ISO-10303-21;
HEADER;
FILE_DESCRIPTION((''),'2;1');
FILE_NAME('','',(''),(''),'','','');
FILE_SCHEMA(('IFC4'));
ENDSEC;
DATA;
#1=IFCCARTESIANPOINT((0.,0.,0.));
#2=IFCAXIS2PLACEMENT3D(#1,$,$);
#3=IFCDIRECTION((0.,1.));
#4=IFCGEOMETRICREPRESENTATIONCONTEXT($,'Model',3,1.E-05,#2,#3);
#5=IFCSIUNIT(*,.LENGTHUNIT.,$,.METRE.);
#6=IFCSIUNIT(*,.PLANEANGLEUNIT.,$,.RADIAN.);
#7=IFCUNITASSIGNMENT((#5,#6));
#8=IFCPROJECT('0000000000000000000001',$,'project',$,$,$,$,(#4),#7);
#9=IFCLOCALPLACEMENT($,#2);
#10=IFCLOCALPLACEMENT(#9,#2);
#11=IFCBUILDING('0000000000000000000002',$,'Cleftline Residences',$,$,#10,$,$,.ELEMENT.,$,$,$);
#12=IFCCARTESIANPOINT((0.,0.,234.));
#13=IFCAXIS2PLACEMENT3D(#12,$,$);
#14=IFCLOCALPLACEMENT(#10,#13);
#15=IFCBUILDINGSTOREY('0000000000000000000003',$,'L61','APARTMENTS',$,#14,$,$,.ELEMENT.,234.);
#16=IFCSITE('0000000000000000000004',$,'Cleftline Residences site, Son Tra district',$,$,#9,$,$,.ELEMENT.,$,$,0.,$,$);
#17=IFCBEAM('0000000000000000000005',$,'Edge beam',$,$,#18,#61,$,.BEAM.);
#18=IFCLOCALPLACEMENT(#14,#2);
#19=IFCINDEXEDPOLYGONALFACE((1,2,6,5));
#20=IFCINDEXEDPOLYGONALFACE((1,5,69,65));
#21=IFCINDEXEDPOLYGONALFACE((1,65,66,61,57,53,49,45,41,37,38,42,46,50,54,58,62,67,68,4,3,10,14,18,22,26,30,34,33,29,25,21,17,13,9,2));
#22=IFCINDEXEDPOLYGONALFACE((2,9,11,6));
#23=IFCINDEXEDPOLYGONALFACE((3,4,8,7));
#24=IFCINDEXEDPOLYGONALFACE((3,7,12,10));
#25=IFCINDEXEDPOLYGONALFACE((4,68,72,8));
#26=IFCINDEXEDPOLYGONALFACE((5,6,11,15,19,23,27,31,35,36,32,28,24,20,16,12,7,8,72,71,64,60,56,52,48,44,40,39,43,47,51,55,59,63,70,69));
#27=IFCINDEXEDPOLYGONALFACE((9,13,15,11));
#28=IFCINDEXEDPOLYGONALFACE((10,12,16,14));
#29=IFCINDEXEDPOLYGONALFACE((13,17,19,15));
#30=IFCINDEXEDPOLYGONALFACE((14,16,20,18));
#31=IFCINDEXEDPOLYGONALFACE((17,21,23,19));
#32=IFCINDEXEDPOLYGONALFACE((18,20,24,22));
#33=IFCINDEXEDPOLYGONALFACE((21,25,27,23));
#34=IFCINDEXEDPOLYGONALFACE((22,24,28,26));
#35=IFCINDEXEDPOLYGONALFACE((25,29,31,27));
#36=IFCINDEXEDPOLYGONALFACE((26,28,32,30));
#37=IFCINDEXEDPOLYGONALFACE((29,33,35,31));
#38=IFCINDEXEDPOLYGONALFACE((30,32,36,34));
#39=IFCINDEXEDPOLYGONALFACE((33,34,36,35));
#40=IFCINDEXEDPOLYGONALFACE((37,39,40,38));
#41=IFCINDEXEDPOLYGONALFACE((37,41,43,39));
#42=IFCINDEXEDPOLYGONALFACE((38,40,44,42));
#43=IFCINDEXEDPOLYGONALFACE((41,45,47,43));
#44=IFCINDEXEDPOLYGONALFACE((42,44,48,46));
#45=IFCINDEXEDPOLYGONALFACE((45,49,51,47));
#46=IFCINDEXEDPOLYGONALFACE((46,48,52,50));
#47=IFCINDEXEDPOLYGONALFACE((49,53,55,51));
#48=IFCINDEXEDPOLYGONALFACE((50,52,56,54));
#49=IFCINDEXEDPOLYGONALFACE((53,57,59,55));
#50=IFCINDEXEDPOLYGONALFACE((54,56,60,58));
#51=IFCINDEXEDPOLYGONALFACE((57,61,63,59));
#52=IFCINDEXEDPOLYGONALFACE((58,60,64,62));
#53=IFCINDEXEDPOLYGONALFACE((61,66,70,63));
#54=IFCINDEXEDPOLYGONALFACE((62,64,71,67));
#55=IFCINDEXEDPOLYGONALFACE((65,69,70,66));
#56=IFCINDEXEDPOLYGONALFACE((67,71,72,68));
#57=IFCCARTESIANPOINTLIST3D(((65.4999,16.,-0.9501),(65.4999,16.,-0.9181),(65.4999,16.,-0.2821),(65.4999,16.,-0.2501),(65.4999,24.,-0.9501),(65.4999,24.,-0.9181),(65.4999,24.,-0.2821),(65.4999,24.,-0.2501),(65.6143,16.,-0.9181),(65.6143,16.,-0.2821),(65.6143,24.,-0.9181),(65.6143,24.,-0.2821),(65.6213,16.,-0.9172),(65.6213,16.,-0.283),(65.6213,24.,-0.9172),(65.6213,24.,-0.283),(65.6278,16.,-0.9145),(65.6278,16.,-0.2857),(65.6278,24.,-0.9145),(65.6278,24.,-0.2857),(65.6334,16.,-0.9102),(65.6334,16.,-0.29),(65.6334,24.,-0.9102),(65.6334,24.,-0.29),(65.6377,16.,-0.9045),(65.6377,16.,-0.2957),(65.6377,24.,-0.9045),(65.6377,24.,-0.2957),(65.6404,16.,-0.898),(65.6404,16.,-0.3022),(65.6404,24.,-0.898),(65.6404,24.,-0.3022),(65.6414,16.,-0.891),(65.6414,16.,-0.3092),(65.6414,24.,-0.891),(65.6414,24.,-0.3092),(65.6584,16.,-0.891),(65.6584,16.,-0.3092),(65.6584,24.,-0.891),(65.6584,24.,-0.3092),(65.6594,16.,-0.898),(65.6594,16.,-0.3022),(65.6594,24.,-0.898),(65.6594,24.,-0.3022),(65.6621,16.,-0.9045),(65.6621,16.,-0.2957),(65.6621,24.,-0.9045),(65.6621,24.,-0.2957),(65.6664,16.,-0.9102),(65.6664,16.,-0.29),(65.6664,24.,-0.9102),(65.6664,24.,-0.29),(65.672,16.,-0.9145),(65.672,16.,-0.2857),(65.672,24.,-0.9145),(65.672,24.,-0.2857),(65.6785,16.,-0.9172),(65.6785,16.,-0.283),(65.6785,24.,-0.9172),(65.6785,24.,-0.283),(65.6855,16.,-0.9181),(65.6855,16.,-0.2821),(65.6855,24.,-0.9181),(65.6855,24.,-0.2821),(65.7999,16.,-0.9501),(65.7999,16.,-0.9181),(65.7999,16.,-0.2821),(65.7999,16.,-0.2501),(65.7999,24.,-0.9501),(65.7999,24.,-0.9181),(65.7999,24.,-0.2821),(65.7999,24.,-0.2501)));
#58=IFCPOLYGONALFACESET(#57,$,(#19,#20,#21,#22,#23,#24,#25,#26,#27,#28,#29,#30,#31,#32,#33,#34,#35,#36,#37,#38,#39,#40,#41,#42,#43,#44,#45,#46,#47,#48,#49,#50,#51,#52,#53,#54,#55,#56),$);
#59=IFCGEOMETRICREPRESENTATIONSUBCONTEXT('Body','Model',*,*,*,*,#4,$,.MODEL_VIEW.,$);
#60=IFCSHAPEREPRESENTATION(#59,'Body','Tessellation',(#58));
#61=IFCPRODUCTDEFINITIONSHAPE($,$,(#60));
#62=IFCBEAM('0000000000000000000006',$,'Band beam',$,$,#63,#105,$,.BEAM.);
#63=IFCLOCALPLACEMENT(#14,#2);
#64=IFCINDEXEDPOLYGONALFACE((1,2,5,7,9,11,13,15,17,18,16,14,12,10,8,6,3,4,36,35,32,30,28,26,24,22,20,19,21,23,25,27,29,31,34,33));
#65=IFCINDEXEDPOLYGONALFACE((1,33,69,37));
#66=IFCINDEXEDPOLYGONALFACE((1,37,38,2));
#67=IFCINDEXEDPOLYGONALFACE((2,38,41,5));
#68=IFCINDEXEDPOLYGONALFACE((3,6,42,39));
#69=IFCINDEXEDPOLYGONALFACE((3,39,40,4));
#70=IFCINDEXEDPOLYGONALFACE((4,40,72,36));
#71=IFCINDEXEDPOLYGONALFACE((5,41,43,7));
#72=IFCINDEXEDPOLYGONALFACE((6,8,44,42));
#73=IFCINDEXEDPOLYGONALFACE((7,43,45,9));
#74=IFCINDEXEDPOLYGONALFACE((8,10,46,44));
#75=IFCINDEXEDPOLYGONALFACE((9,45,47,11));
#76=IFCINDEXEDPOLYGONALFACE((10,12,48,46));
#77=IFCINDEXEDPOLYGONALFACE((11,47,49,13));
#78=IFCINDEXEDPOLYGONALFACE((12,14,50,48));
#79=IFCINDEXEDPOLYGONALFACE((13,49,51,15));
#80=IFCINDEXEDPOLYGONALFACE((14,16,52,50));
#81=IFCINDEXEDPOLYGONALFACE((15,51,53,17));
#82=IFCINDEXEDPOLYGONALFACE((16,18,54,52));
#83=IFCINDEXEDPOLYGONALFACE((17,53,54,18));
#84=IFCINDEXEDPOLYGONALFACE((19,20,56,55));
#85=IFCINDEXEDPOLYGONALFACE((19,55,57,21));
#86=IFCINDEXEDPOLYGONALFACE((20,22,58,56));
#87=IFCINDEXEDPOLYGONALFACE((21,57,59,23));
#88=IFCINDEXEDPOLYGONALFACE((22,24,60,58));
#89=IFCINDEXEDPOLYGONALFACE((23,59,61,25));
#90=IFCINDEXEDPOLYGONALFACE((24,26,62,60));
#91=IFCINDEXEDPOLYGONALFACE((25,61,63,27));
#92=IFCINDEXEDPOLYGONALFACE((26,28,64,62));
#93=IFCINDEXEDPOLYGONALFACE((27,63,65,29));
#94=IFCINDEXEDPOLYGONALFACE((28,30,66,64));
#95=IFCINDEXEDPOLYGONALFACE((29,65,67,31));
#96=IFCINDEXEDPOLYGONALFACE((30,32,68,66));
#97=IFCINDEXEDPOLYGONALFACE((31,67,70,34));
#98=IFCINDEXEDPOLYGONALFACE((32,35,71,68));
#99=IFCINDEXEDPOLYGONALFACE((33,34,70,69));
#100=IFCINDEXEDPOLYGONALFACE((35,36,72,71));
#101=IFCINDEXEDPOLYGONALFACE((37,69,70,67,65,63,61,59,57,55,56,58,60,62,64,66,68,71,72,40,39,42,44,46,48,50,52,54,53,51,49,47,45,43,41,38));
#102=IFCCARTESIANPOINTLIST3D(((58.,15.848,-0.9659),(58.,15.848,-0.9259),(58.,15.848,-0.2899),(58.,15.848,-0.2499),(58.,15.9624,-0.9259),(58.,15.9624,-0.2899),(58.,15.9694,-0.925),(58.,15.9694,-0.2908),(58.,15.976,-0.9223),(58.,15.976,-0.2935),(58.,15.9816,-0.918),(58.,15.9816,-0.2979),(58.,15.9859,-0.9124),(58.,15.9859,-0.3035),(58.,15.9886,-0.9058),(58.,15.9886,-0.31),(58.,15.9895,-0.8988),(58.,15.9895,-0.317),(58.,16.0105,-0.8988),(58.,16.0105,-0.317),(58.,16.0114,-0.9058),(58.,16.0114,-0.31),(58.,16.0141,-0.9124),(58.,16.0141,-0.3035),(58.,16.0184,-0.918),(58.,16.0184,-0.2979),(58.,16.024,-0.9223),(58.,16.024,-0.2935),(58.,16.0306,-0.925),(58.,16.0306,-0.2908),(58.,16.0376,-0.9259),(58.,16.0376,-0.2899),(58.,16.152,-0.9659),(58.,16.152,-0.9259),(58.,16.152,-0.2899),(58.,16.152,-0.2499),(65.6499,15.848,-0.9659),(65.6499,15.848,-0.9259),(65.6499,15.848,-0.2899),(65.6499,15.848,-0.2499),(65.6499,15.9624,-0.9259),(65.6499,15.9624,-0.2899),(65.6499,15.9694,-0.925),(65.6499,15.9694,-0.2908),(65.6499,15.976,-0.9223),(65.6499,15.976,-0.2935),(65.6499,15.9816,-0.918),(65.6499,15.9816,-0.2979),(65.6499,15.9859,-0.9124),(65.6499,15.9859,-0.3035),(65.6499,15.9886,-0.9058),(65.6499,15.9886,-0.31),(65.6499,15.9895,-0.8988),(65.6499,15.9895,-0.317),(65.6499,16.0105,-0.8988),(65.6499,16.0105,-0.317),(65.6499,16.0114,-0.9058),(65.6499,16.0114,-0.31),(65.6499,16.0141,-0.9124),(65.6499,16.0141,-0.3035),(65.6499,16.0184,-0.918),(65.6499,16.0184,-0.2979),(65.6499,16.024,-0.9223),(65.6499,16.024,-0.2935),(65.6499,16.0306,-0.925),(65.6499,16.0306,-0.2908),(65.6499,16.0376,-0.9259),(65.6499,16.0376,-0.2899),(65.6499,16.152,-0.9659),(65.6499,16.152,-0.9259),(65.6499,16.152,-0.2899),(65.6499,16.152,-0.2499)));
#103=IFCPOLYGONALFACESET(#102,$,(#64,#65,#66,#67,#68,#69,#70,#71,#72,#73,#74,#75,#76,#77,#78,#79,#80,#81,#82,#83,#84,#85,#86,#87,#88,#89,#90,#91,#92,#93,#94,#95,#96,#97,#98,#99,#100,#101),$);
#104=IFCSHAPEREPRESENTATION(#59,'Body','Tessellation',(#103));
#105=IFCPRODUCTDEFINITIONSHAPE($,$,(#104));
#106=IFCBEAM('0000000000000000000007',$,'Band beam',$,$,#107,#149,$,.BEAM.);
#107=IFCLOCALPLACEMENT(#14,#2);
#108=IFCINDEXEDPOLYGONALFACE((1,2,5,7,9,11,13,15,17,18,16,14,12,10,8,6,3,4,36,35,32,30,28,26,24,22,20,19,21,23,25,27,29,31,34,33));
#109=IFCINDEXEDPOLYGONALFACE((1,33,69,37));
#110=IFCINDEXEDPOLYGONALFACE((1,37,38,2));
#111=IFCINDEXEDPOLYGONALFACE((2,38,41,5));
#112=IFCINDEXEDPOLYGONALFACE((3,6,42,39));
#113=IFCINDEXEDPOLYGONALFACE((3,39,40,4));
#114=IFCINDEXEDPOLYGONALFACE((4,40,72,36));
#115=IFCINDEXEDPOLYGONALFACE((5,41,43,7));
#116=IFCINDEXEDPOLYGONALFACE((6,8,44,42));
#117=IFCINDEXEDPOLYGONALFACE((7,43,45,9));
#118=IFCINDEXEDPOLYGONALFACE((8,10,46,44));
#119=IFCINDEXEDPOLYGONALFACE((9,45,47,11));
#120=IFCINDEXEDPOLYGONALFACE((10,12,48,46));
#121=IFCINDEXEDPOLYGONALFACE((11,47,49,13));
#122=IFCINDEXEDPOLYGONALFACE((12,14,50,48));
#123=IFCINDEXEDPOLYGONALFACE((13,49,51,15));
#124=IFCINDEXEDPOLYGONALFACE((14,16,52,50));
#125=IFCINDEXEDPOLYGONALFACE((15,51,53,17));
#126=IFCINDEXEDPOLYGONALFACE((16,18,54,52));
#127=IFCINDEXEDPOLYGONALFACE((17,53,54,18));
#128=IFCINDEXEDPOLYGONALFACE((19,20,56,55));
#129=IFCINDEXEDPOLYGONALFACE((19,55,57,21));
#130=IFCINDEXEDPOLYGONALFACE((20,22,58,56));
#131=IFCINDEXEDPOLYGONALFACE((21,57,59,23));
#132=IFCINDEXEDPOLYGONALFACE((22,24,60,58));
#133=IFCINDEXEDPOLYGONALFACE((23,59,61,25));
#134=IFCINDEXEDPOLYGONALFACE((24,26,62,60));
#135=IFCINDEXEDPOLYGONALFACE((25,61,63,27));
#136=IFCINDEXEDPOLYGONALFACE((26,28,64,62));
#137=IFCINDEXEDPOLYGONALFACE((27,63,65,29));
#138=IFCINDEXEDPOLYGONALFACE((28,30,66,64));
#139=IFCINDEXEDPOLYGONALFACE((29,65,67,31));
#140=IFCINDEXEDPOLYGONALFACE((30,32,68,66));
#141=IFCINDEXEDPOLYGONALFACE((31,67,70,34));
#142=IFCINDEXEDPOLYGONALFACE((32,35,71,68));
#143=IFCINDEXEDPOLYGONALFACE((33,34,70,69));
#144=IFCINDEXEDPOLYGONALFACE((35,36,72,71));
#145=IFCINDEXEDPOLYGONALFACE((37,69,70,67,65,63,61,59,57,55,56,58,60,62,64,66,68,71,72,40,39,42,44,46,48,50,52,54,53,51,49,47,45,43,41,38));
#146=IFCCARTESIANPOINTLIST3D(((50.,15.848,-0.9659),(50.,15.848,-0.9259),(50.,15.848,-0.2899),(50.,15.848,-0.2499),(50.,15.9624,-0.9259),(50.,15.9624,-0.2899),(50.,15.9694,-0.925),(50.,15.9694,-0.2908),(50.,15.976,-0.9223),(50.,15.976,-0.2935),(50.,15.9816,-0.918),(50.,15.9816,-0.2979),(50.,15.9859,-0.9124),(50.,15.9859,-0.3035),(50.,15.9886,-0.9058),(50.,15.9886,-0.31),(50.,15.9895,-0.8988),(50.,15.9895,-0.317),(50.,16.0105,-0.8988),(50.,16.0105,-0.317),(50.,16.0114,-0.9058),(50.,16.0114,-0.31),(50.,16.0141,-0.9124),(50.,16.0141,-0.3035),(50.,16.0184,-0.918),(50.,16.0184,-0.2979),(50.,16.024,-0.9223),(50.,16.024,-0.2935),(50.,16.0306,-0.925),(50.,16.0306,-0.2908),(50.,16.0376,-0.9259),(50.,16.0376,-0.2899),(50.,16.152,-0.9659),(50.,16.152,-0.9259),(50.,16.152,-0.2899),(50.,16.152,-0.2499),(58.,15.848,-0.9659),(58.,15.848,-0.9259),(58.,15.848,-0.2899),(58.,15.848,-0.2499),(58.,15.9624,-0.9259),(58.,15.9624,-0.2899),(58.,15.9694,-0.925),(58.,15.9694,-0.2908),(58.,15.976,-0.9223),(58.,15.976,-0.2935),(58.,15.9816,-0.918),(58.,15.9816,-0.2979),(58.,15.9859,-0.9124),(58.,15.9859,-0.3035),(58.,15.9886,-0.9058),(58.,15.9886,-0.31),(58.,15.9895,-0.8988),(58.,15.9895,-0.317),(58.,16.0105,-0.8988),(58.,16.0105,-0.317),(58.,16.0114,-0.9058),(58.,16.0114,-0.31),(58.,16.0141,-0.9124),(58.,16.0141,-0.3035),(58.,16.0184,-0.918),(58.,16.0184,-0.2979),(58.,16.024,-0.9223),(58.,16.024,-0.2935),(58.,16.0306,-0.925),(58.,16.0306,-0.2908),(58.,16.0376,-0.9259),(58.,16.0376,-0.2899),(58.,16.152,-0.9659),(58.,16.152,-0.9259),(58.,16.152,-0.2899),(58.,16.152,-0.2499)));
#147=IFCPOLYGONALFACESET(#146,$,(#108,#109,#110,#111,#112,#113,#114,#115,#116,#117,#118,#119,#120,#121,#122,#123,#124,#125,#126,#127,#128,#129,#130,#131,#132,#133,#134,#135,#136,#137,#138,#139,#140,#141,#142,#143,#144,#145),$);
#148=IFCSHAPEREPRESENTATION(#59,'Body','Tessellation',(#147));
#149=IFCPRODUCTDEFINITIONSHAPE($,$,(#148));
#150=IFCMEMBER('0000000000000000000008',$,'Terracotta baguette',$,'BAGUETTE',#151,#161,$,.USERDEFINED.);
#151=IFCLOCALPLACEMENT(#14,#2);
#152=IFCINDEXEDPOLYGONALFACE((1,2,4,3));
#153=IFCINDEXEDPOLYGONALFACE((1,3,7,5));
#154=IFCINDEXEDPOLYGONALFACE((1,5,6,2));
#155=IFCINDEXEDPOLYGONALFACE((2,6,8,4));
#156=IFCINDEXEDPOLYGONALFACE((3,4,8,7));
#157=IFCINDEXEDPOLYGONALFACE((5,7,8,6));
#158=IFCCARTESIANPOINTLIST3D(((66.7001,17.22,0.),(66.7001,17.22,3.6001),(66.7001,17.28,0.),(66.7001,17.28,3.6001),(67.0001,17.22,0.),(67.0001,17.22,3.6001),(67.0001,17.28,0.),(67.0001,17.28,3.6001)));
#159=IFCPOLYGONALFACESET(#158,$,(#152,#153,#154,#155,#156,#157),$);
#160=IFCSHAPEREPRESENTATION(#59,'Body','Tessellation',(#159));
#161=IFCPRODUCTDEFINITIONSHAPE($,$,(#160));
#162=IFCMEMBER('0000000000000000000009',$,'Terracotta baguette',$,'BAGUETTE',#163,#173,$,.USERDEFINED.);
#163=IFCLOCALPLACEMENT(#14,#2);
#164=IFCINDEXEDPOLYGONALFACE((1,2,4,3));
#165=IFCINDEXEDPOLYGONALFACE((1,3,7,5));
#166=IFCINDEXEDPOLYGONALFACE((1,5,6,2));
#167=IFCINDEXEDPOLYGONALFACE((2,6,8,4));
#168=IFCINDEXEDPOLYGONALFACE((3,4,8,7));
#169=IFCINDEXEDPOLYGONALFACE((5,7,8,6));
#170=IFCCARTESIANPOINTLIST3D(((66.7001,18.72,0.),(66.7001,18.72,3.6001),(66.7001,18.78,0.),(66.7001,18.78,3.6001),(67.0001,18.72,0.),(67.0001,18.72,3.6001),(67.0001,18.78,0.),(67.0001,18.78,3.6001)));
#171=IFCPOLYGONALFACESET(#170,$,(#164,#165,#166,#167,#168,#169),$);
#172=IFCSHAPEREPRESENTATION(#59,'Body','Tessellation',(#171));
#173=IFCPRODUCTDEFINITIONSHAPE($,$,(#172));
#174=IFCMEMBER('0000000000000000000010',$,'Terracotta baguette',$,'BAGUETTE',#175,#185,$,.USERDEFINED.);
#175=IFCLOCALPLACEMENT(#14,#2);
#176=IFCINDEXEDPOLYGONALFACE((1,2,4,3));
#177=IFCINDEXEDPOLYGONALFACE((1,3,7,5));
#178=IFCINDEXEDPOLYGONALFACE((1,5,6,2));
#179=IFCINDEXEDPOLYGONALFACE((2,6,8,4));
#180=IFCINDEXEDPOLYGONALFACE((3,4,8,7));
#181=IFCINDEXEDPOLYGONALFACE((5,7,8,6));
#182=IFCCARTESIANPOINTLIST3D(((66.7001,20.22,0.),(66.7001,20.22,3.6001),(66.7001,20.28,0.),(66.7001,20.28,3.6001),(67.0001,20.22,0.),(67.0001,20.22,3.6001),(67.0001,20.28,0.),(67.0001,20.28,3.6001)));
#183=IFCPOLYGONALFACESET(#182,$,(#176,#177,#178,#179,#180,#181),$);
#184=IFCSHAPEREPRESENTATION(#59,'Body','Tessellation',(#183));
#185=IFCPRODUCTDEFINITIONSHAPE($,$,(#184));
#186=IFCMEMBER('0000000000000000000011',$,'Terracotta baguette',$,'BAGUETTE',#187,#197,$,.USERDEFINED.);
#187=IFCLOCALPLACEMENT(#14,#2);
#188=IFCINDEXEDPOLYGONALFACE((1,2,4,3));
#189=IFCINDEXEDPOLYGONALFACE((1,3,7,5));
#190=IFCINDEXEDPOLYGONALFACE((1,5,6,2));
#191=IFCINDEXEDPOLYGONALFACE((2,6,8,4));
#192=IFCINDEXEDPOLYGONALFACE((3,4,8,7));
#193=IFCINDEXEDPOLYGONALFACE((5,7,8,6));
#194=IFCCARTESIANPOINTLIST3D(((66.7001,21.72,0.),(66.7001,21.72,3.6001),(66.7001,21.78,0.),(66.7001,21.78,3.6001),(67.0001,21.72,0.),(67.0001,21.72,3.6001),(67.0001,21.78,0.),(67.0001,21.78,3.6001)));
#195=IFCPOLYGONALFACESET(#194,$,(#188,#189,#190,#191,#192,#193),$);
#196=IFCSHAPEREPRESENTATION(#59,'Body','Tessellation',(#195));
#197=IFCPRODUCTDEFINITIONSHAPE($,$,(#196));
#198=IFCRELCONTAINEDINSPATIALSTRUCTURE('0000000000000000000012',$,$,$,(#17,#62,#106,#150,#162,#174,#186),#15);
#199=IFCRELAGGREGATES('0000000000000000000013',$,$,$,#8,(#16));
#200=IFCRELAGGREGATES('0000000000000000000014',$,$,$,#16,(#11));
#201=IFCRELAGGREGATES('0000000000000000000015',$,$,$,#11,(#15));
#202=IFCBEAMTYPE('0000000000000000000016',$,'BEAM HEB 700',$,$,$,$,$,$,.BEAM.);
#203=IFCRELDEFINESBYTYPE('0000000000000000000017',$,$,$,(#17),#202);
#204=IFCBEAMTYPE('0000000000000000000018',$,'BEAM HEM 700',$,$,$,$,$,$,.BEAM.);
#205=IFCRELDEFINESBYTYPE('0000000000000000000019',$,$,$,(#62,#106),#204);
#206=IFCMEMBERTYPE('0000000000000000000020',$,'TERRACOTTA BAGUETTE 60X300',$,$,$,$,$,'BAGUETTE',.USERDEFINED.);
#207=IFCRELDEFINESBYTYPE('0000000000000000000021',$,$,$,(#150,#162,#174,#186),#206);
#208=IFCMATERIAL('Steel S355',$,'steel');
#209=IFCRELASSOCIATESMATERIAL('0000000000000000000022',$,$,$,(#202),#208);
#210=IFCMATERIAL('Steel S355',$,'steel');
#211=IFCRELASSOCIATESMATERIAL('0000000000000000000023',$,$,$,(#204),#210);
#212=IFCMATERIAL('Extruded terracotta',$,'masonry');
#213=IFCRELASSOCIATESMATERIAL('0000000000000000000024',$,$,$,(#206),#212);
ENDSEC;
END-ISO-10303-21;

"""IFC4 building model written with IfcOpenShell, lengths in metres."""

from ifc_helpers import new_model, si_unit, direction, frame, origin, origin_2d, place, context, subcontext, project, spatial, rectangle, i_section, extrude, material, material_profile, profile_set, type_object, element, save


model = new_model("IFC4")

# Units and contexts
model_context = context("Model", 3, precision=1e-05, world=origin(), true_north=direction((0.0, 1.0)))
body_context = subcontext(model_context, "Body", "Model", "MODEL_VIEW")
ifc_project = project(units=[si_unit("LENGTHUNIT", "METRE"), si_unit("PLANEANGLEUNIT", "RADIAN")], contexts=[model_context])

# Site, building, storey
site_placement = place(None, origin())
site = spatial("IfcSite", under=ifc_project, at=site_placement, Name="Cleftline Residences site, Son Tra district", CompositionType="ELEMENT", RefElevation=0.0)
building_placement = place(site_placement, origin())
building = spatial("IfcBuilding", under=site, at=building_placement, Name="Cleftline Residences", CompositionType="ELEMENT")
storey_placement = place(building_placement, frame((0.0, 0.0, 234.0)))
storey = spatial("IfcBuildingStorey", under=building, at=storey_placement, Name="L61", Description="APARTMENTS", CompositionType="ELEMENT", Elevation=234.0)

# Beams
ifc_material_1 = material(Name="Steel S355", Category="steel")
ifc_material_profile_1 = material_profile(ifc_material_1, i_section(OverallWidth=0.3, OverallDepth=0.7, WebThickness=0.0171, FlangeThickness=0.032, FilletRadius=0.0271, at=origin_2d()))
ifc_profile_set_1 = profile_set([ifc_material_profile_1], Name="Steel S355")
beam_type_1 = type_object("IfcBeamType", Name="BEAM HEB 700", PredefinedType="BEAM", material=ifc_profile_set_1)
beam_1_placement = place(storey_placement, frame((65.6499, 16.0, -0.6001), z_axis=(0.0, 1.0, 0.0), x_axis=(-1.0, 0.0, 0.0)))
element("IfcBeam", 1, at=beam_1_placement, inside=storey, type_object=beam_type_1, Name="Edge beam", PredefinedType="BEAM", context=body_context, shape_type="SweptSolid", body=[
    extrude(i_section(OverallWidth=0.3, OverallDepth=0.7, WebThickness=0.0171, FlangeThickness=0.032, FilletRadius=0.0271, at=origin_2d()), origin(), (0.0, 0.0, 1.0), 8.0),
])
ifc_material_2 = material(Name="Steel S355", Category="steel")
ifc_material_profile_2 = material_profile(ifc_material_2, i_section(OverallWidth=0.304, OverallDepth=0.7161, WebThickness=0.021, FlangeThickness=0.04, FilletRadius=0.0271, at=origin_2d()))
ifc_profile_set_2 = profile_set([ifc_material_profile_2], Name="Steel S355")
beam_type_2 = type_object("IfcBeamType", Name="BEAM HEM 700", PredefinedType="BEAM", material=ifc_profile_set_2)
beam_2_placement = place(storey_placement, frame((65.6499, 16.0, -0.6079), z_axis=(-1.0, 0.0, 0.0), x_axis=(0.0, -1.0, 0.0)))
element("IfcBeam", 2, at=beam_2_placement, inside=storey, type_object=beam_type_2, Name="Band beam", PredefinedType="BEAM", context=body_context, shape_type="SweptSolid", body=[
    extrude(i_section(OverallWidth=0.304, OverallDepth=0.7161, WebThickness=0.021, FlangeThickness=0.04, FilletRadius=0.0271, at=origin_2d()), origin(), (0.0, 0.0, 1.0), 7.6499),
])
beam_3_placement = place(storey_placement, frame((58.0, 16.0, -0.6079), z_axis=(-1.0, 0.0, 0.0), x_axis=(0.0, -1.0, 0.0)))
element("IfcBeam", 3, at=beam_3_placement, inside=storey, type_object=beam_type_2, Name="Band beam", PredefinedType="BEAM", context=body_context, shape_type="SweptSolid", body=[
    extrude(i_section(OverallWidth=0.304, OverallDepth=0.7161, WebThickness=0.021, FlangeThickness=0.04, FilletRadius=0.0271, at=origin_2d()), origin(), (0.0, 0.0, 1.0), 8.0),
])

# Members
ifc_material_3 = material(Name="Extruded terracotta", Category="masonry")
ifc_material_profile_3 = material_profile(ifc_material_3, rectangle(XDim=0.0601, YDim=0.3, at=origin_2d()))
ifc_profile_set_3 = profile_set([ifc_material_profile_3], Name="Extruded terracotta")
member_type_1 = type_object("IfcMemberType", Name="TERRACOTTA BAGUETTE 60X300", ElementType="BAGUETTE", PredefinedType="USERDEFINED", material=ifc_profile_set_3)
for number, where, z_axis, x_axis, name in (
    (4, (66.8501, 17.25, 0.0), (0.0, 0.0, 1.0), (0.0, 1.0, 0.0), "Terracotta baguette"),
    (5, (66.8501, 18.75, 0.0), (0.0, 0.0, 1.0), (0.0, 1.0, 0.0), "Terracotta baguette"),
    (6, (66.8501, 20.25, 0.0), (0.0, 0.0, 1.0), (0.0, 1.0, 0.0), "Terracotta baguette"),
    (7, (66.8501, 21.75, 0.0), (0.0, 0.0, 1.0), (0.0, 1.0, 0.0), "Terracotta baguette"),
):
    element("IfcMember", number, at=place(storey_placement, frame(where, z_axis=z_axis, x_axis=x_axis)), inside=storey, type_object=member_type_1, Name=name, ObjectType="BAGUETTE", PredefinedType="USERDEFINED", context=body_context, shape_type="SweptSolid", body=[
        extrude(rectangle(XDim=0.0601, YDim=0.3, at=origin_2d()), origin(), (0.0, 0.0, 1.0), 3.6001),
    ])

save(model, "model.ifc")
